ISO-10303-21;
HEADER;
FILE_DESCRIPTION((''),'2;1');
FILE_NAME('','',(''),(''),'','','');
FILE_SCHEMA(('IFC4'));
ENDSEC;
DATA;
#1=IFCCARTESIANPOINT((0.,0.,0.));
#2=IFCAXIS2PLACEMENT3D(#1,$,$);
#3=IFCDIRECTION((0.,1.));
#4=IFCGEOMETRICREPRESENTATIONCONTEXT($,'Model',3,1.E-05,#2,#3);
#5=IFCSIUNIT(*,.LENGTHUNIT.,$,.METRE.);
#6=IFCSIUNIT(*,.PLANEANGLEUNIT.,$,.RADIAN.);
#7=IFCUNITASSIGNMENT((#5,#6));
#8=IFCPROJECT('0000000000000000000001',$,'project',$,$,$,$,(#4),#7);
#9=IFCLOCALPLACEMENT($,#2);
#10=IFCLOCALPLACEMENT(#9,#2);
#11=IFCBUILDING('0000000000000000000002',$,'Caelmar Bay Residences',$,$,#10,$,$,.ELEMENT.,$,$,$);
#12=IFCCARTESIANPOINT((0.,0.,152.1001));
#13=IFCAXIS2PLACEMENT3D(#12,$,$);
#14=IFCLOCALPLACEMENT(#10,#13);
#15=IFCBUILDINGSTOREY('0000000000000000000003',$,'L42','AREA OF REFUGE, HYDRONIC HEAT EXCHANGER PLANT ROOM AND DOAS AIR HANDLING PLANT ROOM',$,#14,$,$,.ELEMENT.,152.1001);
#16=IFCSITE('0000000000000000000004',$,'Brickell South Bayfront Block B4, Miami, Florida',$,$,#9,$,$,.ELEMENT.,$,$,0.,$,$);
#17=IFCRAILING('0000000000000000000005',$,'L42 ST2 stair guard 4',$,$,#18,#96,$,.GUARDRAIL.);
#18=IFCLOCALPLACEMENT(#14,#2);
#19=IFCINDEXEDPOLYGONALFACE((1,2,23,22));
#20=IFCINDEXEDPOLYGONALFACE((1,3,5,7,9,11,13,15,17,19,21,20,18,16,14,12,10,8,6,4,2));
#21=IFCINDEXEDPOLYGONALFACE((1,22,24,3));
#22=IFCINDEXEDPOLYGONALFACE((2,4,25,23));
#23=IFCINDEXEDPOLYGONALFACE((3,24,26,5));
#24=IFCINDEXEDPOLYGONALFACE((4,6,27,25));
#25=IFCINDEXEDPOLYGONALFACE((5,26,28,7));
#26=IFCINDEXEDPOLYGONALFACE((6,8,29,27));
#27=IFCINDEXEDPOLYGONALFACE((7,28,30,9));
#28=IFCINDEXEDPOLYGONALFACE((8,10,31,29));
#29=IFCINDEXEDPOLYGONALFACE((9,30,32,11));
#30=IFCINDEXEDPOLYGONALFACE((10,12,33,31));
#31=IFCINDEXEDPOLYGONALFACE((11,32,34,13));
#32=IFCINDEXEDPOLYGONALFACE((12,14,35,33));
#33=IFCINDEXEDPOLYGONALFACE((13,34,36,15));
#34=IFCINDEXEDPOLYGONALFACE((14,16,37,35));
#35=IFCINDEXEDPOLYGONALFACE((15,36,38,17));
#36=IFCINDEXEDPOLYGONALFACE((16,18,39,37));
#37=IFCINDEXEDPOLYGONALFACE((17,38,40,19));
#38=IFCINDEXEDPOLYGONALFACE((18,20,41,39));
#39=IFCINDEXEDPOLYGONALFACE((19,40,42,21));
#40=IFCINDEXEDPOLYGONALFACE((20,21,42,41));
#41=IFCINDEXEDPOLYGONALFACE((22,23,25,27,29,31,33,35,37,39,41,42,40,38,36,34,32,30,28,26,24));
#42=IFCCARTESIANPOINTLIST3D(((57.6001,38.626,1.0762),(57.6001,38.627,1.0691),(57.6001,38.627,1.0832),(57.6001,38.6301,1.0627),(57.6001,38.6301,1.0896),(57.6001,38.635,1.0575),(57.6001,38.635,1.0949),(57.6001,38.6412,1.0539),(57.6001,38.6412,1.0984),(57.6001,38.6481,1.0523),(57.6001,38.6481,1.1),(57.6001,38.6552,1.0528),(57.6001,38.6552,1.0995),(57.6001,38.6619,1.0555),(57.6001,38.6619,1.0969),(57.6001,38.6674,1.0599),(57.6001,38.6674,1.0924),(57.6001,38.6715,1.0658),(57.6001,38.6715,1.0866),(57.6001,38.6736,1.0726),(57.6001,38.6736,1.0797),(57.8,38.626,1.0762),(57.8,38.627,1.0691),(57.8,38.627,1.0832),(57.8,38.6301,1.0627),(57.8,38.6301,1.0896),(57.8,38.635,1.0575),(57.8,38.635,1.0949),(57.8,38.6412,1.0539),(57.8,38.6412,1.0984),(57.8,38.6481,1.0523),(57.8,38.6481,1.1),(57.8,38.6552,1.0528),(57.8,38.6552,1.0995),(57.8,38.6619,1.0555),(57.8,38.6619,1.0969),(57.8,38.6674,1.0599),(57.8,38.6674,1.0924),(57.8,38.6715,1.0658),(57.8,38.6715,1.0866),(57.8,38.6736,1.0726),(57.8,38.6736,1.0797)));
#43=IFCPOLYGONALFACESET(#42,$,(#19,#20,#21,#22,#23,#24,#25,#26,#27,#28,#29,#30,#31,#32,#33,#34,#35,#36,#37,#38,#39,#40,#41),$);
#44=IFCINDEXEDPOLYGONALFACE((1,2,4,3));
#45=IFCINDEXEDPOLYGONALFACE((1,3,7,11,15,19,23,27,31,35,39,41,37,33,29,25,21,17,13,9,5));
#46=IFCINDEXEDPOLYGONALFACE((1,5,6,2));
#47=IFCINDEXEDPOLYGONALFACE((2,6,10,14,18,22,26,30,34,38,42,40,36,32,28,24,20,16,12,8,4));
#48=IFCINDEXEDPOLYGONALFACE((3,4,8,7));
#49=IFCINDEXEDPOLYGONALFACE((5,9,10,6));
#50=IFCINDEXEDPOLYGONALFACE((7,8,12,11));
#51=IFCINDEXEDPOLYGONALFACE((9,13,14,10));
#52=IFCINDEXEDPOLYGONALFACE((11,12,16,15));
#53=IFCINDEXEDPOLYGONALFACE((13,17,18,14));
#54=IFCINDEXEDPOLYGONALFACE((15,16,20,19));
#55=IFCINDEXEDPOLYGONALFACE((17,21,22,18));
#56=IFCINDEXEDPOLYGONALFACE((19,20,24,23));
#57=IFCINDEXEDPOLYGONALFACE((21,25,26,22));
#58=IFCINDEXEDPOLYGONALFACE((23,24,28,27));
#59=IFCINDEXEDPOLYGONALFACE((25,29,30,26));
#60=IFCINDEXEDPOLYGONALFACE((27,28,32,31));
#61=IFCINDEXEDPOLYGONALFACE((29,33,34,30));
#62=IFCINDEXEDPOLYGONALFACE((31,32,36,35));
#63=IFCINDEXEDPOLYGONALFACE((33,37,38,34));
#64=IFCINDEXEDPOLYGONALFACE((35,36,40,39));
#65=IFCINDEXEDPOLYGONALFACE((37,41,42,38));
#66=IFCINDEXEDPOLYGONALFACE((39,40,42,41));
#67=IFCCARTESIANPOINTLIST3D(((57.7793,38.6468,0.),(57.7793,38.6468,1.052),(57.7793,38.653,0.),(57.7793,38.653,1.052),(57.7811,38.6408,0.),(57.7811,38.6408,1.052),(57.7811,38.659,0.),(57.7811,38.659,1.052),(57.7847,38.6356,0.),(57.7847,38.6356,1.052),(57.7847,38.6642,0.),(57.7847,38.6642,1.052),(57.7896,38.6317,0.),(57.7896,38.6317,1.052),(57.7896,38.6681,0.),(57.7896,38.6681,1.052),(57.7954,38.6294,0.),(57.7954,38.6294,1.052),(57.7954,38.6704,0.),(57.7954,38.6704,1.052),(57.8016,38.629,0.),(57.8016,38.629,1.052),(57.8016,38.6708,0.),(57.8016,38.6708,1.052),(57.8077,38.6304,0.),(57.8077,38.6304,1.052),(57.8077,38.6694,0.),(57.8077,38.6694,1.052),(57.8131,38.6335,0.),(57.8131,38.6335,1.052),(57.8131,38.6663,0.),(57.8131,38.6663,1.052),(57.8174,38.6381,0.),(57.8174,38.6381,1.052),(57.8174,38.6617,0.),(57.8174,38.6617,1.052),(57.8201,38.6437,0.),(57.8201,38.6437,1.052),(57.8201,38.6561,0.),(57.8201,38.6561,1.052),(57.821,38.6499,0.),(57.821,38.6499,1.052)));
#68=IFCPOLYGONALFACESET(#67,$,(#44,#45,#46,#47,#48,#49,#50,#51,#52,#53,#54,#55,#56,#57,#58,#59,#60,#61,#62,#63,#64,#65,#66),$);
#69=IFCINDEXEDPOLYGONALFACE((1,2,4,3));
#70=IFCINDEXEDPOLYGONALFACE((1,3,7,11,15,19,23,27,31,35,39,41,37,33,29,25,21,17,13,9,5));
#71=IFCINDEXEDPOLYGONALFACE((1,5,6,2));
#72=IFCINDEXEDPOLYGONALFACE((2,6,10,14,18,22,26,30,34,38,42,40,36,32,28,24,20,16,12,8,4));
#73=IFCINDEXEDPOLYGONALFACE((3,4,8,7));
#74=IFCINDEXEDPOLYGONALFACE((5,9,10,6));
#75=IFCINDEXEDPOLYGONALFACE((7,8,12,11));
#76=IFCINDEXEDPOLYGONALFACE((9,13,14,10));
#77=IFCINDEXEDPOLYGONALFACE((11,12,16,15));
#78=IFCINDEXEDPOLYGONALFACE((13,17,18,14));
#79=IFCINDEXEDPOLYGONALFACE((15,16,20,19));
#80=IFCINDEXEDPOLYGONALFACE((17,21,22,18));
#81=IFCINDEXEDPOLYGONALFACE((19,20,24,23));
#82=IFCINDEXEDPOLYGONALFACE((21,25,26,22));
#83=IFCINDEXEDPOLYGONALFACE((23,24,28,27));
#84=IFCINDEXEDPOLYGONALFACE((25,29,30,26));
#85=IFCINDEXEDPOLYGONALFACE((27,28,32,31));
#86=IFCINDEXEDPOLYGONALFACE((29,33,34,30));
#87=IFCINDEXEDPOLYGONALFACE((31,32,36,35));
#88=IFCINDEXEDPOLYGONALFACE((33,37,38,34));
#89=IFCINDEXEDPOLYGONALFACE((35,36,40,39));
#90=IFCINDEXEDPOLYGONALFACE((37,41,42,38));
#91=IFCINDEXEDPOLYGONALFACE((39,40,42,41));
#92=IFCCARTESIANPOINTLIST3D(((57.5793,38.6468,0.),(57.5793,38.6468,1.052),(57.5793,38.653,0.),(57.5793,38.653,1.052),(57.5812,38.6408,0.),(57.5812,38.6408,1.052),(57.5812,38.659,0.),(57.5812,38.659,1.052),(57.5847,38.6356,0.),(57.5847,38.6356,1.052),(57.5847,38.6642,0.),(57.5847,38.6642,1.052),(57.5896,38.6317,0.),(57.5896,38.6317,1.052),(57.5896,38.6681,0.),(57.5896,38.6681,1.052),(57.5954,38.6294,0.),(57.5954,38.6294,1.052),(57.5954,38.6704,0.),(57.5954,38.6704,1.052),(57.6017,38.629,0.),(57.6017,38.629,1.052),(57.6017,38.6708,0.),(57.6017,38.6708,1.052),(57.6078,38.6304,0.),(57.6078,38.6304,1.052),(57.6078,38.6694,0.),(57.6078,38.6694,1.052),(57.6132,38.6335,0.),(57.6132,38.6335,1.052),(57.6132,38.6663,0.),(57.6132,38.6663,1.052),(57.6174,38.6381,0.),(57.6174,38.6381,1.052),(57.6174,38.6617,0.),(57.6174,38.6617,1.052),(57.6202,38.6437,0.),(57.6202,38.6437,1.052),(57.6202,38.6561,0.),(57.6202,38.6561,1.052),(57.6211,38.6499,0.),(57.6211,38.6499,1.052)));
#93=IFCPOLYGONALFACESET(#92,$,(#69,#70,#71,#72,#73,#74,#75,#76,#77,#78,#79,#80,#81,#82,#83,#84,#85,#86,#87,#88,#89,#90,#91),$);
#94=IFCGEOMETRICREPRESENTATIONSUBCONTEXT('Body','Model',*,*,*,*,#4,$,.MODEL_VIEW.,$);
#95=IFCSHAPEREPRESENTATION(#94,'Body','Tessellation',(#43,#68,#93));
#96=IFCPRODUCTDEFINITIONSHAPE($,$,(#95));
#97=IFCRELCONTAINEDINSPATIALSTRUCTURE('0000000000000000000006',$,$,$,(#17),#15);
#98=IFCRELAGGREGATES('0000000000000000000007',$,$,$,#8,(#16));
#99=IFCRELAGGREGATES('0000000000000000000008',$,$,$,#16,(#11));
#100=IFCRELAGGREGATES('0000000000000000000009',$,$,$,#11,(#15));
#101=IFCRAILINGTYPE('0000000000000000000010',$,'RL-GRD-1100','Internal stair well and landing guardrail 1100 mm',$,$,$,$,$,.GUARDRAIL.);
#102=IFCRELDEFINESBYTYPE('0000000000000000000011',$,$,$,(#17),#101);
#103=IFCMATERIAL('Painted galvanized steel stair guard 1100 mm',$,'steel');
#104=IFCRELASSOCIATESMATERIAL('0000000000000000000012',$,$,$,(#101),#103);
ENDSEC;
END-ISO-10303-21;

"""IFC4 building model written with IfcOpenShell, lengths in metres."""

from ifc_helpers import new_model, si_unit, direction, frame, origin, origin_2d, place, context, subcontext, project, spatial, circle, extrude, material, type_object, element, save


model = new_model("IFC4")

# Units and contexts
model_context = context("Model", 3, precision=1e-05, world=origin(), true_north=direction((0.0, 1.0)))
body_context = subcontext(model_context, "Body", "Model", "MODEL_VIEW")
ifc_project = project(units=[si_unit("LENGTHUNIT", "METRE"), si_unit("PLANEANGLEUNIT", "RADIAN")], contexts=[model_context])

# Site, building, storey
site_placement = place(None, origin())
site = spatial("IfcSite", under=ifc_project, at=site_placement, Name="Brickell South Bayfront Block B4, Miami, Florida", CompositionType="ELEMENT", RefElevation=0.0)
building_placement = place(site_placement, origin())
building = spatial("IfcBuilding", under=site, at=building_placement, Name="Caelmar Bay Residences", CompositionType="ELEMENT")
storey_placement = place(building_placement, frame((0.0, 0.0, 152.1001)))
storey = spatial("IfcBuildingStorey", under=building, at=storey_placement, Name="L42", Description="AREA OF REFUGE, HYDRONIC HEAT EXCHANGER PLANT ROOM AND DOAS AIR HANDLING PLANT ROOM", CompositionType="ELEMENT", Elevation=152.1001)

# Railing
ifc_material_1 = material(Name="Painted galvanized steel stair guard 1100 mm", Category="steel")
railing_type_1 = type_object("IfcRailingType", Name="RL-GRD-1100", Description="Internal stair well and landing guardrail 1100 mm", PredefinedType="GUARDRAIL", material=ifc_material_1)
railing_1_placement = place(storey_placement, frame((57.8, 38.6499, 0.0)))
element("IfcRailing", 1, at=railing_1_placement, inside=storey, type_object=railing_type_1, Name="L42 ST2 stair guard 4", PredefinedType="GUARDRAIL", context=body_context, shape_type="SweptSolid", body=[
    extrude(circle(Radius=0.0239, at=origin_2d()), frame((0.0, 0.0, 1.0762), z_axis=(-1.0, 0.0, 0.0), x_axis=(0.0, -1.0, 0.0)), (0.0, 0.0, 1.0), 0.2),
    extrude(circle(Radius=0.021, at=origin_2d()), origin(), (0.0, 0.0, 1.0), 1.052),
    extrude(circle(Radius=0.021, at=origin_2d()), frame((-0.2, 0.0, 0.0)), (0.0, 0.0, 1.0), 1.052),
])

save(model, "model.ifc")
